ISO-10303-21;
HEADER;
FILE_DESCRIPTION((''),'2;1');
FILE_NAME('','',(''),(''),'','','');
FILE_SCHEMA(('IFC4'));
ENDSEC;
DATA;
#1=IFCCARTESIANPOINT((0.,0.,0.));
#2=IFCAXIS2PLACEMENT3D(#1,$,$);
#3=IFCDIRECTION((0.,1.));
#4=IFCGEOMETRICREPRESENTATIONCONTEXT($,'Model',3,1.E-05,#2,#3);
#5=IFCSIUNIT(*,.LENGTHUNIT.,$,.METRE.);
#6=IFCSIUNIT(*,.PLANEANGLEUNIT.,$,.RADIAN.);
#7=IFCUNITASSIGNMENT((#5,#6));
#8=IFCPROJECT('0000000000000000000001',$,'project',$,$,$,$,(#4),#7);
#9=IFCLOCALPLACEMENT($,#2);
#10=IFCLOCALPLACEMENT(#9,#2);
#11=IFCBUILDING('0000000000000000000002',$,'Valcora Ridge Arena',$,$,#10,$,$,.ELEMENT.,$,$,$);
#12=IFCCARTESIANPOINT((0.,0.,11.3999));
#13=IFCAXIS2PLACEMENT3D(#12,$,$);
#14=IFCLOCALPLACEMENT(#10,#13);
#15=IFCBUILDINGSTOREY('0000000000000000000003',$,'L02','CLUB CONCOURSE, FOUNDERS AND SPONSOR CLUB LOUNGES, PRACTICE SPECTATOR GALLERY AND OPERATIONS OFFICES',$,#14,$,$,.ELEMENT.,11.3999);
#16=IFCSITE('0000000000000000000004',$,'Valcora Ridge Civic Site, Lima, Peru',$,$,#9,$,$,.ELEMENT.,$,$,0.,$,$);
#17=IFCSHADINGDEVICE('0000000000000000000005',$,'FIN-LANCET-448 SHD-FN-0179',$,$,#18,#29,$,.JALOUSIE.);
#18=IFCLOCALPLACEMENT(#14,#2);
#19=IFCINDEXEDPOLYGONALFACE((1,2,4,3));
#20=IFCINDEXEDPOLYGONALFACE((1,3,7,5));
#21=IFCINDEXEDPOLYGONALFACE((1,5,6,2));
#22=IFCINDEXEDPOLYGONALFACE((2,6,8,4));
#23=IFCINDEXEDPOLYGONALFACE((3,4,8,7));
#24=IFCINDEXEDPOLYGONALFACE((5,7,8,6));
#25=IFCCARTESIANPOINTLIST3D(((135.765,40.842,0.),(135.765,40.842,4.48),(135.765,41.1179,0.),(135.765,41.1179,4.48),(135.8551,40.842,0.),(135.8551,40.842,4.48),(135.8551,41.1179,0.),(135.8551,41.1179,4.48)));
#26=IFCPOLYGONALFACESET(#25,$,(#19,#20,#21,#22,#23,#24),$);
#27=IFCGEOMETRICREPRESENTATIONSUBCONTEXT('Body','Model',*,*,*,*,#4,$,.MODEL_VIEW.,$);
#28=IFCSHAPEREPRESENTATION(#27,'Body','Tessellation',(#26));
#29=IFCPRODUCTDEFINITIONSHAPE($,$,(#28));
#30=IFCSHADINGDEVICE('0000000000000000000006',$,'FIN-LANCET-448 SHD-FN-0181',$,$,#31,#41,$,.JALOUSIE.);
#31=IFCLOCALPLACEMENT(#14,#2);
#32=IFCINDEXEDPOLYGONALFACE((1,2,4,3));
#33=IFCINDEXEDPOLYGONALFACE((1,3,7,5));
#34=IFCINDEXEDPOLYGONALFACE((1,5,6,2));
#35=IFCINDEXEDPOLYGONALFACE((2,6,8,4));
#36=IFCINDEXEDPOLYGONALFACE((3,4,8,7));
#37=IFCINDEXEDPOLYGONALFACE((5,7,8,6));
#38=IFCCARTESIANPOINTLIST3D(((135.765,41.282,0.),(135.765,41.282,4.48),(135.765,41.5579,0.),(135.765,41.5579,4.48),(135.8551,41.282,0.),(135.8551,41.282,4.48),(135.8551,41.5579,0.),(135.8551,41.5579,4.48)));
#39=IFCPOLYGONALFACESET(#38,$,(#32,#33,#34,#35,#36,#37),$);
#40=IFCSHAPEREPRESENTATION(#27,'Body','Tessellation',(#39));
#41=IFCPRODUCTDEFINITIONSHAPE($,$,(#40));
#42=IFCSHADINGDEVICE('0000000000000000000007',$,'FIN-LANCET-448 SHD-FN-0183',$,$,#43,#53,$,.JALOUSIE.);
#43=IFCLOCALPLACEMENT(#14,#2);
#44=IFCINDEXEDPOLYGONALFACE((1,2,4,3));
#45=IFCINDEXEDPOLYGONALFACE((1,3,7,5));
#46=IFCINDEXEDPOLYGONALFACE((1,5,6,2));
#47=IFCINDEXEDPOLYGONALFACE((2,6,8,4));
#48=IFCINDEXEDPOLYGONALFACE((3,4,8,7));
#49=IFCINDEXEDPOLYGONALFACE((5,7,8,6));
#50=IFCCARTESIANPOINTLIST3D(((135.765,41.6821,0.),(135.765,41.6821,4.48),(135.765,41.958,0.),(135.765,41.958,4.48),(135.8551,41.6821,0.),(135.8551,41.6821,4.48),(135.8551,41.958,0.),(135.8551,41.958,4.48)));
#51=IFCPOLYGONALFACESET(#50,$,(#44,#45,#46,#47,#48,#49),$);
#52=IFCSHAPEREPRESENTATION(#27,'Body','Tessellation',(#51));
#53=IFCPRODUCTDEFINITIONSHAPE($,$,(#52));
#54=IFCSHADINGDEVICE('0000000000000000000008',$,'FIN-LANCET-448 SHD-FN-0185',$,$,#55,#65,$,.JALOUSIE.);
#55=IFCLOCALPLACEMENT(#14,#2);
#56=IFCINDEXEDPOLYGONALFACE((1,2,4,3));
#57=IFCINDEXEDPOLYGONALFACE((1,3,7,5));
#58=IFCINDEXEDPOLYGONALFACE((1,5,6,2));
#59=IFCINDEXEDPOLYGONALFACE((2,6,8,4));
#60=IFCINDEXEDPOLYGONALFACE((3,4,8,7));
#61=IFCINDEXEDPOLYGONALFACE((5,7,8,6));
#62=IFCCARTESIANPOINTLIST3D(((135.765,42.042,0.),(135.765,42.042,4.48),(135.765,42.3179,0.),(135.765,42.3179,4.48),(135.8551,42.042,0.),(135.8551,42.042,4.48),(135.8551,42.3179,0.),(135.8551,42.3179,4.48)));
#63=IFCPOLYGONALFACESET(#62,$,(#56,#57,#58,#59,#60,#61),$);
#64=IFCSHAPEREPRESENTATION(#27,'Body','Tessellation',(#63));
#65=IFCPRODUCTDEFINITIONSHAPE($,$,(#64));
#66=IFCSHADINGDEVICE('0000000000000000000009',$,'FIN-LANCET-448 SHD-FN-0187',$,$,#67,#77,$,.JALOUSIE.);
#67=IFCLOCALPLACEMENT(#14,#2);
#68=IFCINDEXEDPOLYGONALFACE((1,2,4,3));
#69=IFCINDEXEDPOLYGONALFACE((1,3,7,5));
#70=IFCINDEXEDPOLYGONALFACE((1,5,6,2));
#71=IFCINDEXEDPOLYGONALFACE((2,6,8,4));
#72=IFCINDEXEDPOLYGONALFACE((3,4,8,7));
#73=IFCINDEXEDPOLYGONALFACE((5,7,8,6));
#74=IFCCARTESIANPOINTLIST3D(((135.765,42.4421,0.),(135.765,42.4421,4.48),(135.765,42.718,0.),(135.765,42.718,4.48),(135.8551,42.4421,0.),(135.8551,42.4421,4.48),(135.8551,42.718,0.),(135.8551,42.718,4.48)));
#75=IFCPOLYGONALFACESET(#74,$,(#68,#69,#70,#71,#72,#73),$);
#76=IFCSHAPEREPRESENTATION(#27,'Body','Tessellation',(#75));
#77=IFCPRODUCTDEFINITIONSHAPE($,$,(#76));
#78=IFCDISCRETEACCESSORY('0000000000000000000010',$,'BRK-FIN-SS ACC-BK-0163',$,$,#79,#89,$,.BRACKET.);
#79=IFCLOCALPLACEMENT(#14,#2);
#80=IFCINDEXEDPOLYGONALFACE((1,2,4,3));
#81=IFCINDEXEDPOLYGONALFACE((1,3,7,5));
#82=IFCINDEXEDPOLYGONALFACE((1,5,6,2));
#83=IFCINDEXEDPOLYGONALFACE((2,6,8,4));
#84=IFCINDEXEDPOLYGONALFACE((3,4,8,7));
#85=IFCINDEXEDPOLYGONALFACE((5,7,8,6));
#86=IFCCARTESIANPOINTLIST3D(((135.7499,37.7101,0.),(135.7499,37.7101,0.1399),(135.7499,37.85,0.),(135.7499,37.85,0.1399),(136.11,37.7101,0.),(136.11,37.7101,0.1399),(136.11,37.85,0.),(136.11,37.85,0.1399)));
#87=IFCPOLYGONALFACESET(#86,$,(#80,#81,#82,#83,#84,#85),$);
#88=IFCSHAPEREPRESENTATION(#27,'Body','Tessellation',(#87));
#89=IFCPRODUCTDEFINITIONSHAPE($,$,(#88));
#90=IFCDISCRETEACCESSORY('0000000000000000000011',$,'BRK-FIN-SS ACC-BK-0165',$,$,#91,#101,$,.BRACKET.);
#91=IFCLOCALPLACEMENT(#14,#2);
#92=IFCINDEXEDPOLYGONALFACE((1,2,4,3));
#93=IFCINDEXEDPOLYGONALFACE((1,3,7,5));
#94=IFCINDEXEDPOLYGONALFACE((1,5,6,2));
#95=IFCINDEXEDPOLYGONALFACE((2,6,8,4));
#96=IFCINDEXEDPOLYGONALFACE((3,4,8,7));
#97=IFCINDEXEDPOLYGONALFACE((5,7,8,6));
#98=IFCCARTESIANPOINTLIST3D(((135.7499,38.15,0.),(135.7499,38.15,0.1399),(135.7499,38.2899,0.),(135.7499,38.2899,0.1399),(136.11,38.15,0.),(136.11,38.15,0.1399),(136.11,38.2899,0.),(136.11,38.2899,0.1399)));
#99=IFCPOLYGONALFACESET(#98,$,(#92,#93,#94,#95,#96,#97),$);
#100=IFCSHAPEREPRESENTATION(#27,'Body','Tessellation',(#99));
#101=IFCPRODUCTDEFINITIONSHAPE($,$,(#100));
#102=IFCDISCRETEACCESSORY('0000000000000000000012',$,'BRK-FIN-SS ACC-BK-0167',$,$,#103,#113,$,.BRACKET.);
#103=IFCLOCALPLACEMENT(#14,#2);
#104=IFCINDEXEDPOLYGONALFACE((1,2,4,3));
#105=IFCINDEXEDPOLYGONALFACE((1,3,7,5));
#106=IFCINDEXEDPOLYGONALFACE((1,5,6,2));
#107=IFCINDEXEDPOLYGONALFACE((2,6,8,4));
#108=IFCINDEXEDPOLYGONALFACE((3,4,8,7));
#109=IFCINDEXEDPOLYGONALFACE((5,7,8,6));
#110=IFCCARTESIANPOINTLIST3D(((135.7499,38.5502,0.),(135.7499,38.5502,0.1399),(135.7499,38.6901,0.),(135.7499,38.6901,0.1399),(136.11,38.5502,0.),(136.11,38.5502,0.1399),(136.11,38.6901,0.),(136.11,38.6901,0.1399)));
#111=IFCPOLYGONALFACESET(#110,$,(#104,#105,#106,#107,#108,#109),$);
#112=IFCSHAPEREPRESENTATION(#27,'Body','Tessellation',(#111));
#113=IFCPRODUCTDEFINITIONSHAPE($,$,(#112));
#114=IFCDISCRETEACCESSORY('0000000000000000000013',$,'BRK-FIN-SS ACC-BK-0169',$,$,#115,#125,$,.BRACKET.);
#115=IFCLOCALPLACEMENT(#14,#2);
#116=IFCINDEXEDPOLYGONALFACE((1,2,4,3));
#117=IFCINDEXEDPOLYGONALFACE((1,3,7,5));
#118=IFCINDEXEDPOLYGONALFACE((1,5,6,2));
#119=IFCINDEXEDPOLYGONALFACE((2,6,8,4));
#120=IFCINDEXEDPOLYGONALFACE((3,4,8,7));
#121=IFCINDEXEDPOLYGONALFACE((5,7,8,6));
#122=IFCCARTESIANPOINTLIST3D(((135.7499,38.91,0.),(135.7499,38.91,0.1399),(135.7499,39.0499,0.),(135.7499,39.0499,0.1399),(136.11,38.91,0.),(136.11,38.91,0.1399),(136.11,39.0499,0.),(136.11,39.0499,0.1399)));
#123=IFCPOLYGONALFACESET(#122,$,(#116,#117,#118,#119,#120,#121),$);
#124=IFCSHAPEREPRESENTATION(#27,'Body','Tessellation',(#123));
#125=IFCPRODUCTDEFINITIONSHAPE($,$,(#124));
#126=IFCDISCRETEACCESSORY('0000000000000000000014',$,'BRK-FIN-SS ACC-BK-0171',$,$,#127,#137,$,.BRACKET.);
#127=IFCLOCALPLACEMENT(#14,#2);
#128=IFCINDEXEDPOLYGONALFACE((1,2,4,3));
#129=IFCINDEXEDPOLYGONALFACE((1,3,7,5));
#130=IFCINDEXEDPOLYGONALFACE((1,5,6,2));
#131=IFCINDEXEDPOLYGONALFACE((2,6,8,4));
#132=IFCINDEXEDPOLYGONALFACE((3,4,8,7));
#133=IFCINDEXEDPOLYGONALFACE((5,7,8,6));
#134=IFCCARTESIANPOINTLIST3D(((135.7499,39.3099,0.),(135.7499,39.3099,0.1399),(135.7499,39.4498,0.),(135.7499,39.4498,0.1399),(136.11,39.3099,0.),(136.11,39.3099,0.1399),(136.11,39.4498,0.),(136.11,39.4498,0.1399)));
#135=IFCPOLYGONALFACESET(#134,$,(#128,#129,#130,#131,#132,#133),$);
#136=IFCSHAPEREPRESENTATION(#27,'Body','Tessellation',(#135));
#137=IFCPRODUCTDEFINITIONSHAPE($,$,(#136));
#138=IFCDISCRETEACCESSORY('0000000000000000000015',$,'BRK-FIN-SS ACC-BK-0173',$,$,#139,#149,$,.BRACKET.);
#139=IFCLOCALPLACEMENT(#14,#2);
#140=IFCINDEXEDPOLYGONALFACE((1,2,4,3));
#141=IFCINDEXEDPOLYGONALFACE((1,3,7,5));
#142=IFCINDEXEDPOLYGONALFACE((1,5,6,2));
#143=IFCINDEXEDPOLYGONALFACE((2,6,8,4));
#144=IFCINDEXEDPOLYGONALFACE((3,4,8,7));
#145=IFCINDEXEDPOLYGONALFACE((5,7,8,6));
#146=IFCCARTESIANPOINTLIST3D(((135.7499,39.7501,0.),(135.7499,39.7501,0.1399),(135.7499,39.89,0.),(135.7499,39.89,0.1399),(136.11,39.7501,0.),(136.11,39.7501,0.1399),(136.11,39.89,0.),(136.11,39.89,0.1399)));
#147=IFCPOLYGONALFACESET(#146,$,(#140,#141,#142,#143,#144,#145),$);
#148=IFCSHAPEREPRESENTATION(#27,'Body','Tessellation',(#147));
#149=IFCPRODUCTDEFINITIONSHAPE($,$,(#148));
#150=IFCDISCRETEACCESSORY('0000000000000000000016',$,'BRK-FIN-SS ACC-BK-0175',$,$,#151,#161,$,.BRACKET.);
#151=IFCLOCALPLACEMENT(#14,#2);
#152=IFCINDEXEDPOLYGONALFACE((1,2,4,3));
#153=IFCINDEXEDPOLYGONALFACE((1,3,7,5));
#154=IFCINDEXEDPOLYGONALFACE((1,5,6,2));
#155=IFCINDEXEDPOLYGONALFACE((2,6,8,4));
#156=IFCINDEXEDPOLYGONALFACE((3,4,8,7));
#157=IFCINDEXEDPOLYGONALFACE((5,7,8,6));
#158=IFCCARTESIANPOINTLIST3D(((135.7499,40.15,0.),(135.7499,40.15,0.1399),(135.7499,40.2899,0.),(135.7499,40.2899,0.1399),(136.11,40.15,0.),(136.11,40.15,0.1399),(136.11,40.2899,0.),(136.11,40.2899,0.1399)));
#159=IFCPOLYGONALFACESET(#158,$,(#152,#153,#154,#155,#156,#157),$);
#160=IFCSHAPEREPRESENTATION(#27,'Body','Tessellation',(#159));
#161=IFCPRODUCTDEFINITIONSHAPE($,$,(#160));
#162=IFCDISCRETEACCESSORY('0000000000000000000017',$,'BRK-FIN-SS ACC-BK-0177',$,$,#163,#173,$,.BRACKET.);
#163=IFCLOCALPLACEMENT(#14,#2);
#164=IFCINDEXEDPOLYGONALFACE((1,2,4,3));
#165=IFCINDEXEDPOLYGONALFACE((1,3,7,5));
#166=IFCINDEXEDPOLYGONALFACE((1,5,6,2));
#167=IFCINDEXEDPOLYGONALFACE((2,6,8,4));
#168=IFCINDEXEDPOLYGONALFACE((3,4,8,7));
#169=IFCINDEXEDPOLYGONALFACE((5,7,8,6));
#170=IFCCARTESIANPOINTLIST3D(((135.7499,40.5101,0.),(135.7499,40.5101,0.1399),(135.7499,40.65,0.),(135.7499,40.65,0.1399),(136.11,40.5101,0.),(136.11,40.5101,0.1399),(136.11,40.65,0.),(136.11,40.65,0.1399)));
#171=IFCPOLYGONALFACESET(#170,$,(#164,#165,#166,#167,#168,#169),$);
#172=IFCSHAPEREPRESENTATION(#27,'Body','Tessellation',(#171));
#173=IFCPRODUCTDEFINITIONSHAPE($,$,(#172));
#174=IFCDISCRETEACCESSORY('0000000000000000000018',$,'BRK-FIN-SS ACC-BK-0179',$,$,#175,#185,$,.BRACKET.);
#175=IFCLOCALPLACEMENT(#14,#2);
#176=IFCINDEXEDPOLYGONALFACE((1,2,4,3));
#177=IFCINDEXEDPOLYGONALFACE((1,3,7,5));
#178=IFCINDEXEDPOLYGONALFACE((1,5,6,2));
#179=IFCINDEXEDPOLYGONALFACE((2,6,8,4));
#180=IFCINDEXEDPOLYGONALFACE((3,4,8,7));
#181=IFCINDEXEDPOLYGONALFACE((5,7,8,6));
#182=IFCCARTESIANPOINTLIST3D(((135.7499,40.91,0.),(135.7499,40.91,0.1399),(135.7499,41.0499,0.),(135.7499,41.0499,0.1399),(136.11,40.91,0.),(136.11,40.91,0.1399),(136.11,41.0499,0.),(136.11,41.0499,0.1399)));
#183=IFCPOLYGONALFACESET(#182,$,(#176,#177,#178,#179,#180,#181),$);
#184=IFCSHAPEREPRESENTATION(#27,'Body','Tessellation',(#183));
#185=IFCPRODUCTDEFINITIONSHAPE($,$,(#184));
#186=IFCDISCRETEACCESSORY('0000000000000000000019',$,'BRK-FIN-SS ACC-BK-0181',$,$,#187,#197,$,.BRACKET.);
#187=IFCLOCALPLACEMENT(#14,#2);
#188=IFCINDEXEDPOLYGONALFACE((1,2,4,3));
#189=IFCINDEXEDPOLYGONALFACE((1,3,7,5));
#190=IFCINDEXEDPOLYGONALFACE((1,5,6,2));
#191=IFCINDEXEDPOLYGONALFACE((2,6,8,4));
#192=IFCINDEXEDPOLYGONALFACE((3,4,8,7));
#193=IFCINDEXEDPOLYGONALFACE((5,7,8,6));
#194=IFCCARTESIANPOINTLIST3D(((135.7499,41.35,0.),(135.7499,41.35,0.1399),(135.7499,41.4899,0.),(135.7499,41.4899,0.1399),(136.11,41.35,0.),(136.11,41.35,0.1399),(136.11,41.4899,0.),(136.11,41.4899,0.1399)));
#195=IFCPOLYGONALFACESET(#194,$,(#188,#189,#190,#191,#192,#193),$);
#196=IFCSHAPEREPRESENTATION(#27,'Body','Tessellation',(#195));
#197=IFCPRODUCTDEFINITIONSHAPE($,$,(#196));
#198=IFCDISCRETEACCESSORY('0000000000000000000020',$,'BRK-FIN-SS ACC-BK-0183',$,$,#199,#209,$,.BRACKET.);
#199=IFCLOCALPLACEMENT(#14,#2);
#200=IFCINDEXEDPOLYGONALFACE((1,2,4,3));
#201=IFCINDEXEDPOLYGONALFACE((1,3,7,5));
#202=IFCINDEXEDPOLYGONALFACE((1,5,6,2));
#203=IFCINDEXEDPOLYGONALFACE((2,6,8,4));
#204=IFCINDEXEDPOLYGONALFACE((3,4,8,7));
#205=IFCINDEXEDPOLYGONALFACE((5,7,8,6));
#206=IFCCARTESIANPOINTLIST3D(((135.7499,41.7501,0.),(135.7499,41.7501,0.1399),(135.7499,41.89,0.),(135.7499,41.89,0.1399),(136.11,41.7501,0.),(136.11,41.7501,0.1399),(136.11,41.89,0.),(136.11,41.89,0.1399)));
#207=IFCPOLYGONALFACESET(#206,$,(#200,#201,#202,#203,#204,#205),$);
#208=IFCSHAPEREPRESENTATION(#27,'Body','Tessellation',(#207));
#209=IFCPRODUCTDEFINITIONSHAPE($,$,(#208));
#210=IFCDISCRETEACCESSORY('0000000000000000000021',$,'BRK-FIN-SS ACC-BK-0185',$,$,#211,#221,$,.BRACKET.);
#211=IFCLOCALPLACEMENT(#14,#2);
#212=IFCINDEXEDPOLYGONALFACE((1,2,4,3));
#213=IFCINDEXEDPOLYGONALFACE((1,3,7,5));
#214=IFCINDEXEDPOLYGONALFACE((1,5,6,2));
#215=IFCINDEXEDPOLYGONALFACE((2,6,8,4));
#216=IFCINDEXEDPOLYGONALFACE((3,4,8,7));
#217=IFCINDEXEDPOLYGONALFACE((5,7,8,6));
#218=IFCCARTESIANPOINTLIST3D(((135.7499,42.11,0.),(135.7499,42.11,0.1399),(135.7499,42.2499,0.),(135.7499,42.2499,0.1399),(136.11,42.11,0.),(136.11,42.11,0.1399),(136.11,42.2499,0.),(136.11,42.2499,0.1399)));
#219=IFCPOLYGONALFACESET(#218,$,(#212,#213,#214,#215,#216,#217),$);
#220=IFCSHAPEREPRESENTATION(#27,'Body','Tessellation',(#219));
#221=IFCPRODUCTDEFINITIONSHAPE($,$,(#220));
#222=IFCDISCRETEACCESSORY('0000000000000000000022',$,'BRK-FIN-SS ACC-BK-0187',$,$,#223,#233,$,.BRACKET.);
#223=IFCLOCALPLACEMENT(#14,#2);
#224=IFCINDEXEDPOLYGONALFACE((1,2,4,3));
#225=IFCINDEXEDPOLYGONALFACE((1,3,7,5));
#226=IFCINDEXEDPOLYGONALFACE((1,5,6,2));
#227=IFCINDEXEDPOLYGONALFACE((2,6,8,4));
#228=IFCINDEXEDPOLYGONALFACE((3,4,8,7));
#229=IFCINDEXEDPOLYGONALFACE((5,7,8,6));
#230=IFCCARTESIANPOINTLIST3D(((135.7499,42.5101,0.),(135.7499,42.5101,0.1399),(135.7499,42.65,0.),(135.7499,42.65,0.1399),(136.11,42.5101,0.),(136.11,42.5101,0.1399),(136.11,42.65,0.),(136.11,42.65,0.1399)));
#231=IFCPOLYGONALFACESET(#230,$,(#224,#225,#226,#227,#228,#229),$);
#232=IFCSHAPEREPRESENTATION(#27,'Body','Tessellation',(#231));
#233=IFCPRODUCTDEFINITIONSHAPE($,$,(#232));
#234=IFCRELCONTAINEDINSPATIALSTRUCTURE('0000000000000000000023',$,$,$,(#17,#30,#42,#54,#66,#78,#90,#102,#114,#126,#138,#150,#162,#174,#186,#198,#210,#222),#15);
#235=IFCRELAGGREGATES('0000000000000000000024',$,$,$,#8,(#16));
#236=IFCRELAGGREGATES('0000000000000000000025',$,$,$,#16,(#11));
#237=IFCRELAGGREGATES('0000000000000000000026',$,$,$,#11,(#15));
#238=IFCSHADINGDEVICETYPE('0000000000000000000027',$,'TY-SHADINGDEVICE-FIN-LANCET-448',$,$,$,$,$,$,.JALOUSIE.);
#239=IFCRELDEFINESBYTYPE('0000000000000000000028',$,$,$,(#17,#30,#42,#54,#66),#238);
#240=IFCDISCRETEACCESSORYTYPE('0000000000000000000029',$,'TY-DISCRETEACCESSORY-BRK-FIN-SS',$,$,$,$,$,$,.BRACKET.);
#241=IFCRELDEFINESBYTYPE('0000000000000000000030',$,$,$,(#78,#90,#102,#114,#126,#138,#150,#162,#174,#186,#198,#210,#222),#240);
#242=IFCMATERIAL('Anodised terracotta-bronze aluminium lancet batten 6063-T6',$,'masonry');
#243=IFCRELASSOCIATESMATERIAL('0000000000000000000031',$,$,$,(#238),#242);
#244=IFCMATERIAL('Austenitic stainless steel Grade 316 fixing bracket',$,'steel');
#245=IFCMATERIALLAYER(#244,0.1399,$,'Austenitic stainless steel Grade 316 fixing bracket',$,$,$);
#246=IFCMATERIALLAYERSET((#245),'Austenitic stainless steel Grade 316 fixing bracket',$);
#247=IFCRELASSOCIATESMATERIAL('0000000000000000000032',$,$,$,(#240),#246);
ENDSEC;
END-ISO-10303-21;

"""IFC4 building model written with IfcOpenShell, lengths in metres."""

from ifc_helpers import new_model, si_unit, direction, frame, origin, origin_2d, place, context, subcontext, project, spatial, rectangle, extrude, material, layer, layer_set, material_profile, profile_set, type_object, element, save


model = new_model("IFC4")

# Units and contexts
model_context = context("Model", 3, precision=1e-05, world=origin(), true_north=direction((0.0, 1.0)))
body_context = subcontext(model_context, "Body", "Model", "MODEL_VIEW")
ifc_project = project(units=[si_unit("LENGTHUNIT", "METRE"), si_unit("PLANEANGLEUNIT", "RADIAN")], contexts=[model_context])

# Site, building, storey
site_placement = place(None, origin())
site = spatial("IfcSite", under=ifc_project, at=site_placement, Name="Valcora Ridge Civic Site, Lima, Peru", CompositionType="ELEMENT", RefElevation=0.0)
building_placement = place(site_placement, origin())
building = spatial("IfcBuilding", under=site, at=building_placement, Name="Valcora Ridge Arena", CompositionType="ELEMENT")
storey_placement = place(building_placement, frame((0.0, 0.0, 11.3999)))
storey = spatial("IfcBuildingStorey", under=building, at=storey_placement, Name="L02", Description="CLUB CONCOURSE, FOUNDERS AND SPONSOR CLUB LOUNGES, PRACTICE SPECTATOR GALLERY AND OPERATIONS OFFICES", CompositionType="ELEMENT", Elevation=11.3999)

# Shared definitions
ifc_material_1 = material(Name="Anodised terracotta-bronze aluminium lancet batten 6063-T6", Category="masonry")

# Shading devices
ifc_material_profile = material_profile(ifc_material_1, rectangle(XDim=0.0901, YDim=0.2759, at=origin_2d()), Name="ALU LANCET BATTEN 90x276")
ifc_profile_set = profile_set([ifc_material_profile], Name="Anodised terracotta-bronze aluminium lancet batten 6063-T6")
shading_device_type = type_object("IfcShadingDeviceType", Name="TY-SHADINGDEVICE-FIN-LANCET-448", PredefinedType="JALOUSIE", material=ifc_profile_set)
for number, where, z_axis, x_axis, name in (
    (1, (135.8101, 40.98, 0.0), (0.0, 0.0, 1.0), (1.0, 0.0, 0.0), "FIN-LANCET-448 SHD-FN-0179"),
    (2, (135.8101, 41.4199, 0.0), (0.0, 0.0, 1.0), (1.0, 0.0, 0.0), "FIN-LANCET-448 SHD-FN-0181"),
    (3, (135.8101, 41.8201, 0.0), (0.0, 0.0, 1.0), (1.0, 0.0, 0.0), "FIN-LANCET-448 SHD-FN-0183"),
    (4, (135.8101, 42.1799, 0.0), (0.0, 0.0, 1.0), (1.0, 0.0, 0.0), "FIN-LANCET-448 SHD-FN-0185"),
    (5, (135.8101, 42.5801, 0.0), (0.0, 0.0, 1.0), (1.0, 0.0, 0.0), "FIN-LANCET-448 SHD-FN-0187"),
):
    element("IfcShadingDevice", number, at=place(storey_placement, frame(where, z_axis=z_axis, x_axis=x_axis)), inside=storey, type_object=shading_device_type, Name=name, PredefinedType="JALOUSIE", context=body_context, shape_type="SweptSolid", body=[
        extrude(rectangle(XDim=0.0901, YDim=0.2759, at=origin_2d()), origin(), (0.0, 0.0, 1.0), 4.48),
    ])

# Discrete accessories
ifc_material_2 = material(Name="Austenitic stainless steel Grade 316 fixing bracket", Category="steel")
ifc_layer_1 = layer(ifc_material_2, 0.1399, Name="Austenitic stainless steel Grade 316 fixing bracket")
ifc_layer_set_1 = layer_set([ifc_layer_1], Name="Austenitic stainless steel Grade 316 fixing bracket")
discrete_accessory_type = type_object("IfcDiscreteAccessoryType", Name="TY-DISCRETEACCESSORY-BRK-FIN-SS", PredefinedType="BRACKET", material=ifc_layer_set_1)
for number, where, z_axis, x_axis, name in (
    (6, (135.9299, 37.78, 0.0), (0.0, 0.0, 1.0), (1.0, 0.0, 0.0), "BRK-FIN-SS ACC-BK-0163"),
    (7, (135.9299, 38.22, 0.0), (0.0, 0.0, 1.0), (1.0, 0.0, 0.0), "BRK-FIN-SS ACC-BK-0165"),
    (8, (135.9299, 38.6201, 0.0), (0.0, 0.0, 1.0), (1.0, 0.0, 0.0), "BRK-FIN-SS ACC-BK-0167"),
    (9, (135.9299, 38.98, 0.0), (0.0, 0.0, 1.0), (1.0, 0.0, 0.0), "BRK-FIN-SS ACC-BK-0169"),
    (10, (135.9299, 39.3799, 0.0), (0.0, 0.0, 1.0), (1.0, 0.0, 0.0), "BRK-FIN-SS ACC-BK-0171"),
    (11, (135.9299, 39.8201, 0.0), (0.0, 0.0, 1.0), (1.0, 0.0, 0.0), "BRK-FIN-SS ACC-BK-0173"),
    (12, (135.9299, 40.22, 0.0), (0.0, 0.0, 1.0), (1.0, 0.0, 0.0), "BRK-FIN-SS ACC-BK-0175"),
    (13, (135.9299, 40.5801, 0.0), (0.0, 0.0, 1.0), (1.0, 0.0, 0.0), "BRK-FIN-SS ACC-BK-0177"),
    (14, (135.9299, 40.98, 0.0), (0.0, 0.0, 1.0), (1.0, 0.0, 0.0), "BRK-FIN-SS ACC-BK-0179"),
    (15, (135.9299, 41.4199, 0.0), (0.0, 0.0, 1.0), (1.0, 0.0, 0.0), "BRK-FIN-SS ACC-BK-0181"),
    (16, (135.9299, 41.8201, 0.0), (0.0, 0.0, 1.0), (1.0, 0.0, 0.0), "BRK-FIN-SS ACC-BK-0183"),
    (17, (135.9299, 42.1799, 0.0), (0.0, 0.0, 1.0), (1.0, 0.0, 0.0), "BRK-FIN-SS ACC-BK-0185"),
    (18, (135.9299, 42.5801, 0.0), (0.0, 0.0, 1.0), (1.0, 0.0, 0.0), "BRK-FIN-SS ACC-BK-0187"),
):
    element("IfcDiscreteAccessory", number, at=place(storey_placement, frame(where, z_axis=z_axis, x_axis=x_axis)), inside=storey, type_object=discrete_accessory_type, Name=name, PredefinedType="BRACKET", context=body_context, shape_type="SweptSolid", body=[
        extrude(rectangle(XDim=0.3601, YDim=0.1399, at=origin_2d()), origin(), (0.0, 0.0, 1.0), 0.1399),
    ])

save(model, "model.ifc")
